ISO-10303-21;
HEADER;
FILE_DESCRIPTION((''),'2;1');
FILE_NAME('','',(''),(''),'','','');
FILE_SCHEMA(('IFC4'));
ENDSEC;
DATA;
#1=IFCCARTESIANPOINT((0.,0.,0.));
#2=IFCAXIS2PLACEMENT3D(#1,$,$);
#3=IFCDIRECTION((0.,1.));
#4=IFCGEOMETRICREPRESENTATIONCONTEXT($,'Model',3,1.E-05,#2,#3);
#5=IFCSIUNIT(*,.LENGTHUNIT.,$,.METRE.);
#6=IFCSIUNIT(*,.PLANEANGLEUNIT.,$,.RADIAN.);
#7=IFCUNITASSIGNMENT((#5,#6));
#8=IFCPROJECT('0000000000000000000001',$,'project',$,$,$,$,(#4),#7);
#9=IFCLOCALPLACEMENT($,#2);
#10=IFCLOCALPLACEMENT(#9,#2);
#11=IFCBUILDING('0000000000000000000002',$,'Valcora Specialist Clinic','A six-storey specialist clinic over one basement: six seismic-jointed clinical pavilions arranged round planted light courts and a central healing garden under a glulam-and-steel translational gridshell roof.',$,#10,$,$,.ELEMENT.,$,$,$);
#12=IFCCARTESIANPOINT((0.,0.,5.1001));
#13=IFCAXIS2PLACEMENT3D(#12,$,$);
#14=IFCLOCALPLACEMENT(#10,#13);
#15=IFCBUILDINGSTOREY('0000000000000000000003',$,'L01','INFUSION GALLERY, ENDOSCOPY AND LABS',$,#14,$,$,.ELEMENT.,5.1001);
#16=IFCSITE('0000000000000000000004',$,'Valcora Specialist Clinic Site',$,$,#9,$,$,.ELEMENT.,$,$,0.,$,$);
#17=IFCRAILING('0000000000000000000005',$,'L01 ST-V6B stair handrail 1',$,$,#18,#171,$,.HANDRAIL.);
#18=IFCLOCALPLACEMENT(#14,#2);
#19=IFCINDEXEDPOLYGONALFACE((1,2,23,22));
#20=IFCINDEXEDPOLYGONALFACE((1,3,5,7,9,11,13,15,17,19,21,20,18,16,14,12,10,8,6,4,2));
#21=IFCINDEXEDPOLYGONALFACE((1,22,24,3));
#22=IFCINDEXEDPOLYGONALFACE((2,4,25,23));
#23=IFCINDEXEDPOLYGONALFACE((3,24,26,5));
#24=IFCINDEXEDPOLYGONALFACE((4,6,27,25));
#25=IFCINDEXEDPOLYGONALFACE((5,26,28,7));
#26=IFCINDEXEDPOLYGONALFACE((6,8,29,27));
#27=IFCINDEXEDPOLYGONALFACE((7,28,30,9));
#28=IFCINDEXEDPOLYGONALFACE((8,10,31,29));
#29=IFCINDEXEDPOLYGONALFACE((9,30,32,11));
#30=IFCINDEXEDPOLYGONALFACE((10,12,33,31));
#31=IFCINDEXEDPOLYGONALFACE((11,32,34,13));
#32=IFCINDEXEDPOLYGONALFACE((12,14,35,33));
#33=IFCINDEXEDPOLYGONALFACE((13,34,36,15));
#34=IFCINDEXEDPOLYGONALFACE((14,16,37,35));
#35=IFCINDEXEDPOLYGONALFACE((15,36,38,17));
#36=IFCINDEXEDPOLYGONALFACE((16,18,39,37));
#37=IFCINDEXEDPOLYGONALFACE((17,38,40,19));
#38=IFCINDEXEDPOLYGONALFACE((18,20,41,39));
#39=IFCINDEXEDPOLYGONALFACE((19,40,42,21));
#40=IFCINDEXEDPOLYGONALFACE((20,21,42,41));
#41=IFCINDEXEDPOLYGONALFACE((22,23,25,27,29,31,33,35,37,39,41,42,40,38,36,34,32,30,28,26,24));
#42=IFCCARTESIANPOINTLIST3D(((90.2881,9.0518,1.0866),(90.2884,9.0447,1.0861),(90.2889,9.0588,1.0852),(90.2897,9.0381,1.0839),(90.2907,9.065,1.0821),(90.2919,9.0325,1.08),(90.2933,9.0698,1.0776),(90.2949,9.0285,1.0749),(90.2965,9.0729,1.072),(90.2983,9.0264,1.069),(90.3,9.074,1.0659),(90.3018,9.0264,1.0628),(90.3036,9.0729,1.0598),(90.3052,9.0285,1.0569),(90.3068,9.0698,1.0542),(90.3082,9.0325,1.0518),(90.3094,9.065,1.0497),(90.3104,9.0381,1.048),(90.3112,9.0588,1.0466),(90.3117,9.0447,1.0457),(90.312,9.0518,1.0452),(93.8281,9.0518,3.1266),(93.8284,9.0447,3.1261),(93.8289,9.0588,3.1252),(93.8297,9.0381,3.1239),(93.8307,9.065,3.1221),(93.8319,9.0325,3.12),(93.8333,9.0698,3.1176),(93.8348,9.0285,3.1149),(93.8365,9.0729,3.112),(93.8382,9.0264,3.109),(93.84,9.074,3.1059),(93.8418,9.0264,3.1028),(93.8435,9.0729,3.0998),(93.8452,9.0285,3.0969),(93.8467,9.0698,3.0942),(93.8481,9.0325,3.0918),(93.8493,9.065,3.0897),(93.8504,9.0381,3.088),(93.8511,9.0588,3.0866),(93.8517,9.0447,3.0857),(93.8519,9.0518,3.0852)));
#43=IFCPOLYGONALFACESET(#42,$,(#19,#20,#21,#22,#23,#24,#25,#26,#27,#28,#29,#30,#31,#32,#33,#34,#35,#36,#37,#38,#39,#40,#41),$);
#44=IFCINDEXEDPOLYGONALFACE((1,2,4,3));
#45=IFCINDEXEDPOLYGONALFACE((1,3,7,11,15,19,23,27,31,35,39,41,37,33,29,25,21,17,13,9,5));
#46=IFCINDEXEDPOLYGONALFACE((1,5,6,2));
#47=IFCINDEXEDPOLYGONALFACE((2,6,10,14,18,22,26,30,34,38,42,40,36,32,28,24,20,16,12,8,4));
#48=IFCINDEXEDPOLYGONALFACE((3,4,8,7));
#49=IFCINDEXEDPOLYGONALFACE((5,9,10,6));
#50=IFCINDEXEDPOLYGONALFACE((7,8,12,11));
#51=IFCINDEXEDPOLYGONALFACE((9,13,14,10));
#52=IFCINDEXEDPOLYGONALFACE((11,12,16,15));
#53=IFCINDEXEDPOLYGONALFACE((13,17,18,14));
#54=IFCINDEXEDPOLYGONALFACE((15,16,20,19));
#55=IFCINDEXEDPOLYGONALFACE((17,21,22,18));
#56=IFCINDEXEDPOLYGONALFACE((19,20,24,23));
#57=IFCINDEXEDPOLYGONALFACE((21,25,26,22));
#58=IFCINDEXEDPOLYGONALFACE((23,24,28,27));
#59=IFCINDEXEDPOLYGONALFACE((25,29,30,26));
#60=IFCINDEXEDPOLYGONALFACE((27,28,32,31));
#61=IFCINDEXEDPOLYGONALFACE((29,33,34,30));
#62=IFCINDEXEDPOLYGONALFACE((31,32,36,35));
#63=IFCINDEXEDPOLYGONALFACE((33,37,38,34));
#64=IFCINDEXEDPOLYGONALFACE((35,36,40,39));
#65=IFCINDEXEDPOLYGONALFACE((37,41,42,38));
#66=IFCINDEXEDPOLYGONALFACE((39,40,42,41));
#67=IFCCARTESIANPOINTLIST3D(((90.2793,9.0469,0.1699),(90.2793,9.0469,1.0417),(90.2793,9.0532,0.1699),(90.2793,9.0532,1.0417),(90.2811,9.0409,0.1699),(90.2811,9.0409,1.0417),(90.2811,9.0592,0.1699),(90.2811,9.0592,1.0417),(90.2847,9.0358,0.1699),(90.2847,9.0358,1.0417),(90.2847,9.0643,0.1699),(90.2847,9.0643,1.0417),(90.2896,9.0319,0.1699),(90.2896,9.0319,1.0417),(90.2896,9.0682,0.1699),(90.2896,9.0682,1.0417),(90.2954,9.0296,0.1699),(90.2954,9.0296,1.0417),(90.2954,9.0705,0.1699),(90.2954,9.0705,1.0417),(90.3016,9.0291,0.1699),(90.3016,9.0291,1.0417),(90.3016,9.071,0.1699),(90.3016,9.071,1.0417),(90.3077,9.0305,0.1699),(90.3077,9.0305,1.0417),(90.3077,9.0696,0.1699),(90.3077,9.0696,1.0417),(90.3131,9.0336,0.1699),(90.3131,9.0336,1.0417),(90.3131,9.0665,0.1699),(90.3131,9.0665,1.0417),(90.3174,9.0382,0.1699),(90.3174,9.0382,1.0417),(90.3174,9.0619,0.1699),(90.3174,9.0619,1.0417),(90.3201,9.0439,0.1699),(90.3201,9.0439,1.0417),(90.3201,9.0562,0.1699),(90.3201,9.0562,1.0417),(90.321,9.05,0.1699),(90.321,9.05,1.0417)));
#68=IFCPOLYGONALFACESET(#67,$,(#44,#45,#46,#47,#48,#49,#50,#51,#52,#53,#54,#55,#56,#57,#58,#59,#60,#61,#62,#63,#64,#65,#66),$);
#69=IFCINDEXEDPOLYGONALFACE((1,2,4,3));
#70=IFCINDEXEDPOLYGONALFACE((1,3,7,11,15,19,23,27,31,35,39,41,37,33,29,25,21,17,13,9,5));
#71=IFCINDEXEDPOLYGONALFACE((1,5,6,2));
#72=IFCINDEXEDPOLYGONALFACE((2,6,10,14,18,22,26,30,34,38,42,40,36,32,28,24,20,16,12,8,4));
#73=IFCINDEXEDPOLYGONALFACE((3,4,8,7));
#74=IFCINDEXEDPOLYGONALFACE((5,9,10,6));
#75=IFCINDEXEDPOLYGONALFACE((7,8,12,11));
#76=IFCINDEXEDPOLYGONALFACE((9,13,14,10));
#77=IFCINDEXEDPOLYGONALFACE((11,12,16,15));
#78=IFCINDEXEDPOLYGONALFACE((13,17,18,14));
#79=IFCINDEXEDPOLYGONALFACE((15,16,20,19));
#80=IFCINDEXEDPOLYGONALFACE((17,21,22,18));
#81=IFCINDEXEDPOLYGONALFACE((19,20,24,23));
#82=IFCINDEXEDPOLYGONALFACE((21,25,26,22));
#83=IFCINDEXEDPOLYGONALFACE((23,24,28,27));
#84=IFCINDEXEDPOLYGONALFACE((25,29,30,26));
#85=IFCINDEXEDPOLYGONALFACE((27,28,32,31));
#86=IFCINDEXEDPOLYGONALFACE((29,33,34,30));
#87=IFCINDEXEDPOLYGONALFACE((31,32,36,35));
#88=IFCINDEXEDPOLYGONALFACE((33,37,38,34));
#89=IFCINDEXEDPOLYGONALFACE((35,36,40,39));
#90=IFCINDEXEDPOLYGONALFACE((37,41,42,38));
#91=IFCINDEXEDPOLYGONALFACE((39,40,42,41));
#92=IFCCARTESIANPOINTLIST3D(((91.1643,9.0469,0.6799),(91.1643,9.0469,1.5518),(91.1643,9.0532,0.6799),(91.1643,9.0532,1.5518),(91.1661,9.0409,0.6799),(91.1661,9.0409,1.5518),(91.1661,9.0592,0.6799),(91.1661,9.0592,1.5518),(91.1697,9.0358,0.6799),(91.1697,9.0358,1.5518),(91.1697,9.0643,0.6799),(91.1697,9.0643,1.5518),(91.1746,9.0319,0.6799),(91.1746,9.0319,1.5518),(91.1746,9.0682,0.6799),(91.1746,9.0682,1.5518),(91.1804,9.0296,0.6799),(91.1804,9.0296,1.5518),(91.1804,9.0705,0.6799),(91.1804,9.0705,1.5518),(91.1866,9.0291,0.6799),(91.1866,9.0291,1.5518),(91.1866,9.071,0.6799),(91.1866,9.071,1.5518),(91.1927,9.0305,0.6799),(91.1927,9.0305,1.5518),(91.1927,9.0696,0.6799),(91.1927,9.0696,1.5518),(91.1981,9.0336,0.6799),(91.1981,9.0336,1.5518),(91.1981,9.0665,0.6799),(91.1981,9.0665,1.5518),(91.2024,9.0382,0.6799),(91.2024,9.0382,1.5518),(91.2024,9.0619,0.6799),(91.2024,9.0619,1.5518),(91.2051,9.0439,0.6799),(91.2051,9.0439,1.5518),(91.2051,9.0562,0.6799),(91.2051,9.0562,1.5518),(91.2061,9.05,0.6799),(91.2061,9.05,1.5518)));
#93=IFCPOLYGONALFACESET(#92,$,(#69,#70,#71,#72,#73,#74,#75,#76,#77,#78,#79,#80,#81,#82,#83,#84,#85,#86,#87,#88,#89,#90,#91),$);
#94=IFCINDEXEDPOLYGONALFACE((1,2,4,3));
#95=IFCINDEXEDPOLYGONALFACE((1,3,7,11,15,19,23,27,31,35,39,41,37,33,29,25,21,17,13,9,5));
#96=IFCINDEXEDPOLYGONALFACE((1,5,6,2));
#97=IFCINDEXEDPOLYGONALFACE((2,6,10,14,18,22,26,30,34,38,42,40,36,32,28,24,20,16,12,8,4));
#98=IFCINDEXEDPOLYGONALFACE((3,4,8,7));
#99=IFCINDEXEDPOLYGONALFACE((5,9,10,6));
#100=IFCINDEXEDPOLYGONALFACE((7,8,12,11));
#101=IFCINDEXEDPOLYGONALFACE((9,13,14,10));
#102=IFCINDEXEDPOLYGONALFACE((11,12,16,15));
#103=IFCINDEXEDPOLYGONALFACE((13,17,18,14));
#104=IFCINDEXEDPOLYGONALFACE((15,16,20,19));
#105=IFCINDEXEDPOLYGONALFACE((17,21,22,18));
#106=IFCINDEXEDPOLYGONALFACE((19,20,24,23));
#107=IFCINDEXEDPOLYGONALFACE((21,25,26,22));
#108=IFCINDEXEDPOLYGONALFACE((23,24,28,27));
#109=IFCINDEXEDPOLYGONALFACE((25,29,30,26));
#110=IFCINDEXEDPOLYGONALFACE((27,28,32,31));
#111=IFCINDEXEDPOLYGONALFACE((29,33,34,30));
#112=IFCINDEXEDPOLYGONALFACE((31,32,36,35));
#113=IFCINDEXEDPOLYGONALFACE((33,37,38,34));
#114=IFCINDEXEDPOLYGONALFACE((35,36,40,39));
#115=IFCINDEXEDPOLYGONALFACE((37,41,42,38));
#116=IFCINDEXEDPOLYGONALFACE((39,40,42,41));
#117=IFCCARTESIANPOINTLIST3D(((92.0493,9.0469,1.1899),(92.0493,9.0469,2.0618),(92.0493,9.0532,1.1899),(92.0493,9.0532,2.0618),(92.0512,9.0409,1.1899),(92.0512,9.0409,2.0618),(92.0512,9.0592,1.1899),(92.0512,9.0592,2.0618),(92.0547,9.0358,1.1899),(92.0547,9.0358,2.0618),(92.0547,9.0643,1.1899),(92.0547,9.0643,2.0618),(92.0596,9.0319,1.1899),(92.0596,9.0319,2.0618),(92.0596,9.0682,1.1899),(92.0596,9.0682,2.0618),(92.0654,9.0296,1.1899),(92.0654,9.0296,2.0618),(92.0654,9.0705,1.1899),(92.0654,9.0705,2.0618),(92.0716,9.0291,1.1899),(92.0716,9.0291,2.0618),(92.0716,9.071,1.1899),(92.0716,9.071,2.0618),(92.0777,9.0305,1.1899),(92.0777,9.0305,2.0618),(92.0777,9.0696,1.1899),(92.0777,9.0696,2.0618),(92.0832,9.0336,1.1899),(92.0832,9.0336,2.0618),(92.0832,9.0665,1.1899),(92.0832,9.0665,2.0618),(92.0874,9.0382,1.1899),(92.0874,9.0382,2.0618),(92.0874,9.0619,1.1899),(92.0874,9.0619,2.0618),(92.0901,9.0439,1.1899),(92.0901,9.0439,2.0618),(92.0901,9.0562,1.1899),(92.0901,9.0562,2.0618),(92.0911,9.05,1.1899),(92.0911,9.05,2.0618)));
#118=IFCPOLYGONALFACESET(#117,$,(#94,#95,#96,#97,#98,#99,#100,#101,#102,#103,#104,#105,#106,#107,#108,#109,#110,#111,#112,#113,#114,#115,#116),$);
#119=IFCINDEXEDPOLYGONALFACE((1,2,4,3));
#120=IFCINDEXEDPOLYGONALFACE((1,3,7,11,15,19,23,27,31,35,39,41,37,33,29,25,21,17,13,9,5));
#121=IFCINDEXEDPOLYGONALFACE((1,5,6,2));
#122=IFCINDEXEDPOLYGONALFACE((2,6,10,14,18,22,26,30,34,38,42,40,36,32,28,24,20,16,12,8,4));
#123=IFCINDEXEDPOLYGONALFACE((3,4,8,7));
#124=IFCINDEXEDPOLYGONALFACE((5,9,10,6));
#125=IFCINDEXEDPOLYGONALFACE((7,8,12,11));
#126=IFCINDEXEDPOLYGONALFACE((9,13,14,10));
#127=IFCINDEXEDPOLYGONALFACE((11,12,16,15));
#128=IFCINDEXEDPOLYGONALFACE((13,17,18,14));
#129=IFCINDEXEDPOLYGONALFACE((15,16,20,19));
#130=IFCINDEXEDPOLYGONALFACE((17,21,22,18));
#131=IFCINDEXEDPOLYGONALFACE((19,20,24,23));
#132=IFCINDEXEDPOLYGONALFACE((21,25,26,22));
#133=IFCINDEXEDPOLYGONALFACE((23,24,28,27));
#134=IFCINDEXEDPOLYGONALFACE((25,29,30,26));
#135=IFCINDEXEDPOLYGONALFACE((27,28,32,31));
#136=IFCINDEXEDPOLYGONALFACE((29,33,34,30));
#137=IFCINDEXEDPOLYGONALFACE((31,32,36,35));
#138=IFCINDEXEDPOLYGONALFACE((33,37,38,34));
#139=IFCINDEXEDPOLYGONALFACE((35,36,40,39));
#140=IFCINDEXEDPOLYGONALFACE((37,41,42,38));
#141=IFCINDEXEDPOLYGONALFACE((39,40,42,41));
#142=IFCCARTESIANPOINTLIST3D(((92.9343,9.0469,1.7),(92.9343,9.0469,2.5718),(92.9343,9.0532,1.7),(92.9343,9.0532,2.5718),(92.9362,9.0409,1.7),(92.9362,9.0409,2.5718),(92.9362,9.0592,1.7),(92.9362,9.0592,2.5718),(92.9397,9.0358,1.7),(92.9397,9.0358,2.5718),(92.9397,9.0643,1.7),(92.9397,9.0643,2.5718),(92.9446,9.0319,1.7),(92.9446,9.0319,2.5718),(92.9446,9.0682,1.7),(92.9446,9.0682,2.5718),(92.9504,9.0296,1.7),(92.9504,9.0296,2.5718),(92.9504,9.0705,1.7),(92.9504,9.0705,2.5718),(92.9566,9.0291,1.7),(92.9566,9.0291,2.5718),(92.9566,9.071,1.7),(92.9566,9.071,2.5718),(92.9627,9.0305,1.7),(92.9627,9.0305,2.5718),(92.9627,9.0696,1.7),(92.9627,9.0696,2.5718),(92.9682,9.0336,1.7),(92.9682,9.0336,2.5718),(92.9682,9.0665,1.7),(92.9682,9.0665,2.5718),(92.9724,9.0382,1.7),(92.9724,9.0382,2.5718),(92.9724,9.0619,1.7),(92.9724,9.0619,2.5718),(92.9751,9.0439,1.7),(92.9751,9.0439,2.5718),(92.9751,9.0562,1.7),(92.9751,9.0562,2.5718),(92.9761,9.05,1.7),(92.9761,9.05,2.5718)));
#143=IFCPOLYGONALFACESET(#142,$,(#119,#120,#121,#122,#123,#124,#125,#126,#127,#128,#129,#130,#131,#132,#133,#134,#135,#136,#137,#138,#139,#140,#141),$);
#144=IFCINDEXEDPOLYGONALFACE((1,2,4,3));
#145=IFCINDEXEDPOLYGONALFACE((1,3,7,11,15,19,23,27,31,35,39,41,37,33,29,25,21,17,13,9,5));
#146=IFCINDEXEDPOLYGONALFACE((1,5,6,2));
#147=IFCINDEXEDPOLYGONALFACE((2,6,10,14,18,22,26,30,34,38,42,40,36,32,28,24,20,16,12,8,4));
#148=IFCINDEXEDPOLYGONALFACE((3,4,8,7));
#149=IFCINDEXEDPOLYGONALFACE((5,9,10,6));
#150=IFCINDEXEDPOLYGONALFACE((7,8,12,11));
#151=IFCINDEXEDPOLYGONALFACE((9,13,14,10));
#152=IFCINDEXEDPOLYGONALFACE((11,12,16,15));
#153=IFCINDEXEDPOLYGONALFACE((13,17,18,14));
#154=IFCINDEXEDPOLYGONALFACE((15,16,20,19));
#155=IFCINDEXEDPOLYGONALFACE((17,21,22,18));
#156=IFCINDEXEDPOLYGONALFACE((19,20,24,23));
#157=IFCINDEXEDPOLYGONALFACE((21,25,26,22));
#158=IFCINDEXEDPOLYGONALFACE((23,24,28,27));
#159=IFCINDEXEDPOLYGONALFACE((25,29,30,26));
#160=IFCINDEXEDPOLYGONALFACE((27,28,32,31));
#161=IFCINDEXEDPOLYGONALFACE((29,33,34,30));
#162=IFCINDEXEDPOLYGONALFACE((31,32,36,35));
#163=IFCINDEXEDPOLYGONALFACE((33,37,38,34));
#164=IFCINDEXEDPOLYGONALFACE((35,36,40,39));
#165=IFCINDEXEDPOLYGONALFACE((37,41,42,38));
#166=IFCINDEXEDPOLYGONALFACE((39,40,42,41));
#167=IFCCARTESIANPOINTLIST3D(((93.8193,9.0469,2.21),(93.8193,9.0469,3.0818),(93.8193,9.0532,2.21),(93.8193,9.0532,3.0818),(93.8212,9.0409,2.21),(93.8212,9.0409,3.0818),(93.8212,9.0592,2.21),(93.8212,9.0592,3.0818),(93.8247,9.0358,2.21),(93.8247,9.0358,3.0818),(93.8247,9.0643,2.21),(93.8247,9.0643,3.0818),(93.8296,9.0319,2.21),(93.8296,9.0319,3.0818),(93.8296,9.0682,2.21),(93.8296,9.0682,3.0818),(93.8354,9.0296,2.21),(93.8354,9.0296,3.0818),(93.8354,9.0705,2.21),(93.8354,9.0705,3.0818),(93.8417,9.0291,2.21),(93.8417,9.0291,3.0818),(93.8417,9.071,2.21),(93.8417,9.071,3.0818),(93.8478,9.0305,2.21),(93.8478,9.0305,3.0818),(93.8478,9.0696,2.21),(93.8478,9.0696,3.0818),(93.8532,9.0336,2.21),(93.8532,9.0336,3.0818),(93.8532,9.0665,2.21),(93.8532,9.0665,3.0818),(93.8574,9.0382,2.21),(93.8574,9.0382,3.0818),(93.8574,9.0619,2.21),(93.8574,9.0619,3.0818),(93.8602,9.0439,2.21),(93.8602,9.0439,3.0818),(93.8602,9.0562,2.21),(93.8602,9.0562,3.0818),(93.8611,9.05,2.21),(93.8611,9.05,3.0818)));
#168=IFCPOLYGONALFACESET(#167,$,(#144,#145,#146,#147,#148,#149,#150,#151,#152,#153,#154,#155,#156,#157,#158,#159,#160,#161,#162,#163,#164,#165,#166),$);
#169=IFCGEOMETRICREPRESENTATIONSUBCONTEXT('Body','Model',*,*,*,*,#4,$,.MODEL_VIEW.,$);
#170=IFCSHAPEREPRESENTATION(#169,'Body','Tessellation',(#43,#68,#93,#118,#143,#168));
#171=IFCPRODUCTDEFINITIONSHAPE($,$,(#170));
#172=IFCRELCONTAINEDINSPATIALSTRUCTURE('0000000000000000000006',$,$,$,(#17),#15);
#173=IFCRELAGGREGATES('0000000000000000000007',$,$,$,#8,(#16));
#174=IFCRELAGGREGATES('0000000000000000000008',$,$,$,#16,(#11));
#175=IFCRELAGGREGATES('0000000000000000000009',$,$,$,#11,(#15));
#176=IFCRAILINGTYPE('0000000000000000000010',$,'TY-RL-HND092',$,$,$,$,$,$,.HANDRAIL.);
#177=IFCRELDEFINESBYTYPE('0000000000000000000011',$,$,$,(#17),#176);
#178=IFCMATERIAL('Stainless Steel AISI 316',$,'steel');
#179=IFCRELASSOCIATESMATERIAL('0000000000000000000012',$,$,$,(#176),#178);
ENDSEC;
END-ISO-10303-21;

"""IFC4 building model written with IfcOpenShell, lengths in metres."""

from ifc_helpers import new_model, si_unit, direction, frame, origin, origin_2d, place, context, subcontext, project, spatial, circle, extrude, material, type_object, element, save


model = new_model("IFC4")

# Units and contexts
model_context = context("Model", 3, precision=1e-05, world=origin(), true_north=direction((0.0, 1.0)))
body_context = subcontext(model_context, "Body", "Model", "MODEL_VIEW")
ifc_project = project(units=[si_unit("LENGTHUNIT", "METRE"), si_unit("PLANEANGLEUNIT", "RADIAN")], contexts=[model_context])

# Site, building, storey
site_placement = place(None, origin())
site = spatial("IfcSite", under=ifc_project, at=site_placement, Name="Valcora Specialist Clinic Site", CompositionType="ELEMENT", RefElevation=0.0)
building_placement = place(site_placement, origin())
building = spatial("IfcBuilding", under=site, at=building_placement, Name="Valcora Specialist Clinic", Description="A six-storey specialist clinic over one basement: six seismic-jointed clinical pavilions arranged round planted light courts and a central healing garden under a glulam-and-steel translational gridshell roof.", CompositionType="ELEMENT")
storey_placement = place(building_placement, frame((0.0, 0.0, 5.1001)))
storey = spatial("IfcBuildingStorey", under=building, at=storey_placement, Name="L01", Description="INFUSION GALLERY, ENDOSCOPY AND LABS", CompositionType="ELEMENT", Elevation=5.1001)

# Shared definitions
ifc_material_1 = material(Name="Stainless Steel AISI 316", Category="steel")

# Railing
railing_type_1 = type_object("IfcRailingType", Name="TY-RL-HND092", PredefinedType="HANDRAIL", material=ifc_material_1)
railing_1_placement = place(storey_placement, frame((90.3, 9.05, 0.1699)))
element("IfcRailing", 1, at=railing_1_placement, inside=storey, type_object=railing_type_1, Name="L01 ST-V6B stair handrail 1", PredefinedType="HANDRAIL", context=body_context, shape_type="SweptSolid", body=[
    extrude(circle(Radius=0.0239, at=origin_2d()), frame((0.0, 0.0, 0.896), z_axis=(0.866428, 0.0, 0.499302), x_axis=(0.0, 1.0, 0.0)), (0.0, 0.0, 1.0), 4.0857),
    extrude(circle(Radius=0.021, at=origin_2d()), origin(), (0.0, 0.0, 1.0), 0.8718),
    extrude(circle(Radius=0.021, at=origin_2d()), frame((0.885, 0.0, 0.51)), (0.0, 0.0, 1.0), 0.8718),
    extrude(circle(Radius=0.021, at=origin_2d()), frame((1.77, 0.0, 1.02)), (0.0, 0.0, 1.0), 0.8718),
    extrude(circle(Radius=0.021, at=origin_2d()), frame((2.655, 0.0, 1.53)), (0.0, 0.0, 1.0), 0.8718),
    extrude(circle(Radius=0.021, at=origin_2d()), frame((3.54, 0.0, 2.04)), (0.0, 0.0, 1.0), 0.8718),
])

save(model, "model.ifc")
